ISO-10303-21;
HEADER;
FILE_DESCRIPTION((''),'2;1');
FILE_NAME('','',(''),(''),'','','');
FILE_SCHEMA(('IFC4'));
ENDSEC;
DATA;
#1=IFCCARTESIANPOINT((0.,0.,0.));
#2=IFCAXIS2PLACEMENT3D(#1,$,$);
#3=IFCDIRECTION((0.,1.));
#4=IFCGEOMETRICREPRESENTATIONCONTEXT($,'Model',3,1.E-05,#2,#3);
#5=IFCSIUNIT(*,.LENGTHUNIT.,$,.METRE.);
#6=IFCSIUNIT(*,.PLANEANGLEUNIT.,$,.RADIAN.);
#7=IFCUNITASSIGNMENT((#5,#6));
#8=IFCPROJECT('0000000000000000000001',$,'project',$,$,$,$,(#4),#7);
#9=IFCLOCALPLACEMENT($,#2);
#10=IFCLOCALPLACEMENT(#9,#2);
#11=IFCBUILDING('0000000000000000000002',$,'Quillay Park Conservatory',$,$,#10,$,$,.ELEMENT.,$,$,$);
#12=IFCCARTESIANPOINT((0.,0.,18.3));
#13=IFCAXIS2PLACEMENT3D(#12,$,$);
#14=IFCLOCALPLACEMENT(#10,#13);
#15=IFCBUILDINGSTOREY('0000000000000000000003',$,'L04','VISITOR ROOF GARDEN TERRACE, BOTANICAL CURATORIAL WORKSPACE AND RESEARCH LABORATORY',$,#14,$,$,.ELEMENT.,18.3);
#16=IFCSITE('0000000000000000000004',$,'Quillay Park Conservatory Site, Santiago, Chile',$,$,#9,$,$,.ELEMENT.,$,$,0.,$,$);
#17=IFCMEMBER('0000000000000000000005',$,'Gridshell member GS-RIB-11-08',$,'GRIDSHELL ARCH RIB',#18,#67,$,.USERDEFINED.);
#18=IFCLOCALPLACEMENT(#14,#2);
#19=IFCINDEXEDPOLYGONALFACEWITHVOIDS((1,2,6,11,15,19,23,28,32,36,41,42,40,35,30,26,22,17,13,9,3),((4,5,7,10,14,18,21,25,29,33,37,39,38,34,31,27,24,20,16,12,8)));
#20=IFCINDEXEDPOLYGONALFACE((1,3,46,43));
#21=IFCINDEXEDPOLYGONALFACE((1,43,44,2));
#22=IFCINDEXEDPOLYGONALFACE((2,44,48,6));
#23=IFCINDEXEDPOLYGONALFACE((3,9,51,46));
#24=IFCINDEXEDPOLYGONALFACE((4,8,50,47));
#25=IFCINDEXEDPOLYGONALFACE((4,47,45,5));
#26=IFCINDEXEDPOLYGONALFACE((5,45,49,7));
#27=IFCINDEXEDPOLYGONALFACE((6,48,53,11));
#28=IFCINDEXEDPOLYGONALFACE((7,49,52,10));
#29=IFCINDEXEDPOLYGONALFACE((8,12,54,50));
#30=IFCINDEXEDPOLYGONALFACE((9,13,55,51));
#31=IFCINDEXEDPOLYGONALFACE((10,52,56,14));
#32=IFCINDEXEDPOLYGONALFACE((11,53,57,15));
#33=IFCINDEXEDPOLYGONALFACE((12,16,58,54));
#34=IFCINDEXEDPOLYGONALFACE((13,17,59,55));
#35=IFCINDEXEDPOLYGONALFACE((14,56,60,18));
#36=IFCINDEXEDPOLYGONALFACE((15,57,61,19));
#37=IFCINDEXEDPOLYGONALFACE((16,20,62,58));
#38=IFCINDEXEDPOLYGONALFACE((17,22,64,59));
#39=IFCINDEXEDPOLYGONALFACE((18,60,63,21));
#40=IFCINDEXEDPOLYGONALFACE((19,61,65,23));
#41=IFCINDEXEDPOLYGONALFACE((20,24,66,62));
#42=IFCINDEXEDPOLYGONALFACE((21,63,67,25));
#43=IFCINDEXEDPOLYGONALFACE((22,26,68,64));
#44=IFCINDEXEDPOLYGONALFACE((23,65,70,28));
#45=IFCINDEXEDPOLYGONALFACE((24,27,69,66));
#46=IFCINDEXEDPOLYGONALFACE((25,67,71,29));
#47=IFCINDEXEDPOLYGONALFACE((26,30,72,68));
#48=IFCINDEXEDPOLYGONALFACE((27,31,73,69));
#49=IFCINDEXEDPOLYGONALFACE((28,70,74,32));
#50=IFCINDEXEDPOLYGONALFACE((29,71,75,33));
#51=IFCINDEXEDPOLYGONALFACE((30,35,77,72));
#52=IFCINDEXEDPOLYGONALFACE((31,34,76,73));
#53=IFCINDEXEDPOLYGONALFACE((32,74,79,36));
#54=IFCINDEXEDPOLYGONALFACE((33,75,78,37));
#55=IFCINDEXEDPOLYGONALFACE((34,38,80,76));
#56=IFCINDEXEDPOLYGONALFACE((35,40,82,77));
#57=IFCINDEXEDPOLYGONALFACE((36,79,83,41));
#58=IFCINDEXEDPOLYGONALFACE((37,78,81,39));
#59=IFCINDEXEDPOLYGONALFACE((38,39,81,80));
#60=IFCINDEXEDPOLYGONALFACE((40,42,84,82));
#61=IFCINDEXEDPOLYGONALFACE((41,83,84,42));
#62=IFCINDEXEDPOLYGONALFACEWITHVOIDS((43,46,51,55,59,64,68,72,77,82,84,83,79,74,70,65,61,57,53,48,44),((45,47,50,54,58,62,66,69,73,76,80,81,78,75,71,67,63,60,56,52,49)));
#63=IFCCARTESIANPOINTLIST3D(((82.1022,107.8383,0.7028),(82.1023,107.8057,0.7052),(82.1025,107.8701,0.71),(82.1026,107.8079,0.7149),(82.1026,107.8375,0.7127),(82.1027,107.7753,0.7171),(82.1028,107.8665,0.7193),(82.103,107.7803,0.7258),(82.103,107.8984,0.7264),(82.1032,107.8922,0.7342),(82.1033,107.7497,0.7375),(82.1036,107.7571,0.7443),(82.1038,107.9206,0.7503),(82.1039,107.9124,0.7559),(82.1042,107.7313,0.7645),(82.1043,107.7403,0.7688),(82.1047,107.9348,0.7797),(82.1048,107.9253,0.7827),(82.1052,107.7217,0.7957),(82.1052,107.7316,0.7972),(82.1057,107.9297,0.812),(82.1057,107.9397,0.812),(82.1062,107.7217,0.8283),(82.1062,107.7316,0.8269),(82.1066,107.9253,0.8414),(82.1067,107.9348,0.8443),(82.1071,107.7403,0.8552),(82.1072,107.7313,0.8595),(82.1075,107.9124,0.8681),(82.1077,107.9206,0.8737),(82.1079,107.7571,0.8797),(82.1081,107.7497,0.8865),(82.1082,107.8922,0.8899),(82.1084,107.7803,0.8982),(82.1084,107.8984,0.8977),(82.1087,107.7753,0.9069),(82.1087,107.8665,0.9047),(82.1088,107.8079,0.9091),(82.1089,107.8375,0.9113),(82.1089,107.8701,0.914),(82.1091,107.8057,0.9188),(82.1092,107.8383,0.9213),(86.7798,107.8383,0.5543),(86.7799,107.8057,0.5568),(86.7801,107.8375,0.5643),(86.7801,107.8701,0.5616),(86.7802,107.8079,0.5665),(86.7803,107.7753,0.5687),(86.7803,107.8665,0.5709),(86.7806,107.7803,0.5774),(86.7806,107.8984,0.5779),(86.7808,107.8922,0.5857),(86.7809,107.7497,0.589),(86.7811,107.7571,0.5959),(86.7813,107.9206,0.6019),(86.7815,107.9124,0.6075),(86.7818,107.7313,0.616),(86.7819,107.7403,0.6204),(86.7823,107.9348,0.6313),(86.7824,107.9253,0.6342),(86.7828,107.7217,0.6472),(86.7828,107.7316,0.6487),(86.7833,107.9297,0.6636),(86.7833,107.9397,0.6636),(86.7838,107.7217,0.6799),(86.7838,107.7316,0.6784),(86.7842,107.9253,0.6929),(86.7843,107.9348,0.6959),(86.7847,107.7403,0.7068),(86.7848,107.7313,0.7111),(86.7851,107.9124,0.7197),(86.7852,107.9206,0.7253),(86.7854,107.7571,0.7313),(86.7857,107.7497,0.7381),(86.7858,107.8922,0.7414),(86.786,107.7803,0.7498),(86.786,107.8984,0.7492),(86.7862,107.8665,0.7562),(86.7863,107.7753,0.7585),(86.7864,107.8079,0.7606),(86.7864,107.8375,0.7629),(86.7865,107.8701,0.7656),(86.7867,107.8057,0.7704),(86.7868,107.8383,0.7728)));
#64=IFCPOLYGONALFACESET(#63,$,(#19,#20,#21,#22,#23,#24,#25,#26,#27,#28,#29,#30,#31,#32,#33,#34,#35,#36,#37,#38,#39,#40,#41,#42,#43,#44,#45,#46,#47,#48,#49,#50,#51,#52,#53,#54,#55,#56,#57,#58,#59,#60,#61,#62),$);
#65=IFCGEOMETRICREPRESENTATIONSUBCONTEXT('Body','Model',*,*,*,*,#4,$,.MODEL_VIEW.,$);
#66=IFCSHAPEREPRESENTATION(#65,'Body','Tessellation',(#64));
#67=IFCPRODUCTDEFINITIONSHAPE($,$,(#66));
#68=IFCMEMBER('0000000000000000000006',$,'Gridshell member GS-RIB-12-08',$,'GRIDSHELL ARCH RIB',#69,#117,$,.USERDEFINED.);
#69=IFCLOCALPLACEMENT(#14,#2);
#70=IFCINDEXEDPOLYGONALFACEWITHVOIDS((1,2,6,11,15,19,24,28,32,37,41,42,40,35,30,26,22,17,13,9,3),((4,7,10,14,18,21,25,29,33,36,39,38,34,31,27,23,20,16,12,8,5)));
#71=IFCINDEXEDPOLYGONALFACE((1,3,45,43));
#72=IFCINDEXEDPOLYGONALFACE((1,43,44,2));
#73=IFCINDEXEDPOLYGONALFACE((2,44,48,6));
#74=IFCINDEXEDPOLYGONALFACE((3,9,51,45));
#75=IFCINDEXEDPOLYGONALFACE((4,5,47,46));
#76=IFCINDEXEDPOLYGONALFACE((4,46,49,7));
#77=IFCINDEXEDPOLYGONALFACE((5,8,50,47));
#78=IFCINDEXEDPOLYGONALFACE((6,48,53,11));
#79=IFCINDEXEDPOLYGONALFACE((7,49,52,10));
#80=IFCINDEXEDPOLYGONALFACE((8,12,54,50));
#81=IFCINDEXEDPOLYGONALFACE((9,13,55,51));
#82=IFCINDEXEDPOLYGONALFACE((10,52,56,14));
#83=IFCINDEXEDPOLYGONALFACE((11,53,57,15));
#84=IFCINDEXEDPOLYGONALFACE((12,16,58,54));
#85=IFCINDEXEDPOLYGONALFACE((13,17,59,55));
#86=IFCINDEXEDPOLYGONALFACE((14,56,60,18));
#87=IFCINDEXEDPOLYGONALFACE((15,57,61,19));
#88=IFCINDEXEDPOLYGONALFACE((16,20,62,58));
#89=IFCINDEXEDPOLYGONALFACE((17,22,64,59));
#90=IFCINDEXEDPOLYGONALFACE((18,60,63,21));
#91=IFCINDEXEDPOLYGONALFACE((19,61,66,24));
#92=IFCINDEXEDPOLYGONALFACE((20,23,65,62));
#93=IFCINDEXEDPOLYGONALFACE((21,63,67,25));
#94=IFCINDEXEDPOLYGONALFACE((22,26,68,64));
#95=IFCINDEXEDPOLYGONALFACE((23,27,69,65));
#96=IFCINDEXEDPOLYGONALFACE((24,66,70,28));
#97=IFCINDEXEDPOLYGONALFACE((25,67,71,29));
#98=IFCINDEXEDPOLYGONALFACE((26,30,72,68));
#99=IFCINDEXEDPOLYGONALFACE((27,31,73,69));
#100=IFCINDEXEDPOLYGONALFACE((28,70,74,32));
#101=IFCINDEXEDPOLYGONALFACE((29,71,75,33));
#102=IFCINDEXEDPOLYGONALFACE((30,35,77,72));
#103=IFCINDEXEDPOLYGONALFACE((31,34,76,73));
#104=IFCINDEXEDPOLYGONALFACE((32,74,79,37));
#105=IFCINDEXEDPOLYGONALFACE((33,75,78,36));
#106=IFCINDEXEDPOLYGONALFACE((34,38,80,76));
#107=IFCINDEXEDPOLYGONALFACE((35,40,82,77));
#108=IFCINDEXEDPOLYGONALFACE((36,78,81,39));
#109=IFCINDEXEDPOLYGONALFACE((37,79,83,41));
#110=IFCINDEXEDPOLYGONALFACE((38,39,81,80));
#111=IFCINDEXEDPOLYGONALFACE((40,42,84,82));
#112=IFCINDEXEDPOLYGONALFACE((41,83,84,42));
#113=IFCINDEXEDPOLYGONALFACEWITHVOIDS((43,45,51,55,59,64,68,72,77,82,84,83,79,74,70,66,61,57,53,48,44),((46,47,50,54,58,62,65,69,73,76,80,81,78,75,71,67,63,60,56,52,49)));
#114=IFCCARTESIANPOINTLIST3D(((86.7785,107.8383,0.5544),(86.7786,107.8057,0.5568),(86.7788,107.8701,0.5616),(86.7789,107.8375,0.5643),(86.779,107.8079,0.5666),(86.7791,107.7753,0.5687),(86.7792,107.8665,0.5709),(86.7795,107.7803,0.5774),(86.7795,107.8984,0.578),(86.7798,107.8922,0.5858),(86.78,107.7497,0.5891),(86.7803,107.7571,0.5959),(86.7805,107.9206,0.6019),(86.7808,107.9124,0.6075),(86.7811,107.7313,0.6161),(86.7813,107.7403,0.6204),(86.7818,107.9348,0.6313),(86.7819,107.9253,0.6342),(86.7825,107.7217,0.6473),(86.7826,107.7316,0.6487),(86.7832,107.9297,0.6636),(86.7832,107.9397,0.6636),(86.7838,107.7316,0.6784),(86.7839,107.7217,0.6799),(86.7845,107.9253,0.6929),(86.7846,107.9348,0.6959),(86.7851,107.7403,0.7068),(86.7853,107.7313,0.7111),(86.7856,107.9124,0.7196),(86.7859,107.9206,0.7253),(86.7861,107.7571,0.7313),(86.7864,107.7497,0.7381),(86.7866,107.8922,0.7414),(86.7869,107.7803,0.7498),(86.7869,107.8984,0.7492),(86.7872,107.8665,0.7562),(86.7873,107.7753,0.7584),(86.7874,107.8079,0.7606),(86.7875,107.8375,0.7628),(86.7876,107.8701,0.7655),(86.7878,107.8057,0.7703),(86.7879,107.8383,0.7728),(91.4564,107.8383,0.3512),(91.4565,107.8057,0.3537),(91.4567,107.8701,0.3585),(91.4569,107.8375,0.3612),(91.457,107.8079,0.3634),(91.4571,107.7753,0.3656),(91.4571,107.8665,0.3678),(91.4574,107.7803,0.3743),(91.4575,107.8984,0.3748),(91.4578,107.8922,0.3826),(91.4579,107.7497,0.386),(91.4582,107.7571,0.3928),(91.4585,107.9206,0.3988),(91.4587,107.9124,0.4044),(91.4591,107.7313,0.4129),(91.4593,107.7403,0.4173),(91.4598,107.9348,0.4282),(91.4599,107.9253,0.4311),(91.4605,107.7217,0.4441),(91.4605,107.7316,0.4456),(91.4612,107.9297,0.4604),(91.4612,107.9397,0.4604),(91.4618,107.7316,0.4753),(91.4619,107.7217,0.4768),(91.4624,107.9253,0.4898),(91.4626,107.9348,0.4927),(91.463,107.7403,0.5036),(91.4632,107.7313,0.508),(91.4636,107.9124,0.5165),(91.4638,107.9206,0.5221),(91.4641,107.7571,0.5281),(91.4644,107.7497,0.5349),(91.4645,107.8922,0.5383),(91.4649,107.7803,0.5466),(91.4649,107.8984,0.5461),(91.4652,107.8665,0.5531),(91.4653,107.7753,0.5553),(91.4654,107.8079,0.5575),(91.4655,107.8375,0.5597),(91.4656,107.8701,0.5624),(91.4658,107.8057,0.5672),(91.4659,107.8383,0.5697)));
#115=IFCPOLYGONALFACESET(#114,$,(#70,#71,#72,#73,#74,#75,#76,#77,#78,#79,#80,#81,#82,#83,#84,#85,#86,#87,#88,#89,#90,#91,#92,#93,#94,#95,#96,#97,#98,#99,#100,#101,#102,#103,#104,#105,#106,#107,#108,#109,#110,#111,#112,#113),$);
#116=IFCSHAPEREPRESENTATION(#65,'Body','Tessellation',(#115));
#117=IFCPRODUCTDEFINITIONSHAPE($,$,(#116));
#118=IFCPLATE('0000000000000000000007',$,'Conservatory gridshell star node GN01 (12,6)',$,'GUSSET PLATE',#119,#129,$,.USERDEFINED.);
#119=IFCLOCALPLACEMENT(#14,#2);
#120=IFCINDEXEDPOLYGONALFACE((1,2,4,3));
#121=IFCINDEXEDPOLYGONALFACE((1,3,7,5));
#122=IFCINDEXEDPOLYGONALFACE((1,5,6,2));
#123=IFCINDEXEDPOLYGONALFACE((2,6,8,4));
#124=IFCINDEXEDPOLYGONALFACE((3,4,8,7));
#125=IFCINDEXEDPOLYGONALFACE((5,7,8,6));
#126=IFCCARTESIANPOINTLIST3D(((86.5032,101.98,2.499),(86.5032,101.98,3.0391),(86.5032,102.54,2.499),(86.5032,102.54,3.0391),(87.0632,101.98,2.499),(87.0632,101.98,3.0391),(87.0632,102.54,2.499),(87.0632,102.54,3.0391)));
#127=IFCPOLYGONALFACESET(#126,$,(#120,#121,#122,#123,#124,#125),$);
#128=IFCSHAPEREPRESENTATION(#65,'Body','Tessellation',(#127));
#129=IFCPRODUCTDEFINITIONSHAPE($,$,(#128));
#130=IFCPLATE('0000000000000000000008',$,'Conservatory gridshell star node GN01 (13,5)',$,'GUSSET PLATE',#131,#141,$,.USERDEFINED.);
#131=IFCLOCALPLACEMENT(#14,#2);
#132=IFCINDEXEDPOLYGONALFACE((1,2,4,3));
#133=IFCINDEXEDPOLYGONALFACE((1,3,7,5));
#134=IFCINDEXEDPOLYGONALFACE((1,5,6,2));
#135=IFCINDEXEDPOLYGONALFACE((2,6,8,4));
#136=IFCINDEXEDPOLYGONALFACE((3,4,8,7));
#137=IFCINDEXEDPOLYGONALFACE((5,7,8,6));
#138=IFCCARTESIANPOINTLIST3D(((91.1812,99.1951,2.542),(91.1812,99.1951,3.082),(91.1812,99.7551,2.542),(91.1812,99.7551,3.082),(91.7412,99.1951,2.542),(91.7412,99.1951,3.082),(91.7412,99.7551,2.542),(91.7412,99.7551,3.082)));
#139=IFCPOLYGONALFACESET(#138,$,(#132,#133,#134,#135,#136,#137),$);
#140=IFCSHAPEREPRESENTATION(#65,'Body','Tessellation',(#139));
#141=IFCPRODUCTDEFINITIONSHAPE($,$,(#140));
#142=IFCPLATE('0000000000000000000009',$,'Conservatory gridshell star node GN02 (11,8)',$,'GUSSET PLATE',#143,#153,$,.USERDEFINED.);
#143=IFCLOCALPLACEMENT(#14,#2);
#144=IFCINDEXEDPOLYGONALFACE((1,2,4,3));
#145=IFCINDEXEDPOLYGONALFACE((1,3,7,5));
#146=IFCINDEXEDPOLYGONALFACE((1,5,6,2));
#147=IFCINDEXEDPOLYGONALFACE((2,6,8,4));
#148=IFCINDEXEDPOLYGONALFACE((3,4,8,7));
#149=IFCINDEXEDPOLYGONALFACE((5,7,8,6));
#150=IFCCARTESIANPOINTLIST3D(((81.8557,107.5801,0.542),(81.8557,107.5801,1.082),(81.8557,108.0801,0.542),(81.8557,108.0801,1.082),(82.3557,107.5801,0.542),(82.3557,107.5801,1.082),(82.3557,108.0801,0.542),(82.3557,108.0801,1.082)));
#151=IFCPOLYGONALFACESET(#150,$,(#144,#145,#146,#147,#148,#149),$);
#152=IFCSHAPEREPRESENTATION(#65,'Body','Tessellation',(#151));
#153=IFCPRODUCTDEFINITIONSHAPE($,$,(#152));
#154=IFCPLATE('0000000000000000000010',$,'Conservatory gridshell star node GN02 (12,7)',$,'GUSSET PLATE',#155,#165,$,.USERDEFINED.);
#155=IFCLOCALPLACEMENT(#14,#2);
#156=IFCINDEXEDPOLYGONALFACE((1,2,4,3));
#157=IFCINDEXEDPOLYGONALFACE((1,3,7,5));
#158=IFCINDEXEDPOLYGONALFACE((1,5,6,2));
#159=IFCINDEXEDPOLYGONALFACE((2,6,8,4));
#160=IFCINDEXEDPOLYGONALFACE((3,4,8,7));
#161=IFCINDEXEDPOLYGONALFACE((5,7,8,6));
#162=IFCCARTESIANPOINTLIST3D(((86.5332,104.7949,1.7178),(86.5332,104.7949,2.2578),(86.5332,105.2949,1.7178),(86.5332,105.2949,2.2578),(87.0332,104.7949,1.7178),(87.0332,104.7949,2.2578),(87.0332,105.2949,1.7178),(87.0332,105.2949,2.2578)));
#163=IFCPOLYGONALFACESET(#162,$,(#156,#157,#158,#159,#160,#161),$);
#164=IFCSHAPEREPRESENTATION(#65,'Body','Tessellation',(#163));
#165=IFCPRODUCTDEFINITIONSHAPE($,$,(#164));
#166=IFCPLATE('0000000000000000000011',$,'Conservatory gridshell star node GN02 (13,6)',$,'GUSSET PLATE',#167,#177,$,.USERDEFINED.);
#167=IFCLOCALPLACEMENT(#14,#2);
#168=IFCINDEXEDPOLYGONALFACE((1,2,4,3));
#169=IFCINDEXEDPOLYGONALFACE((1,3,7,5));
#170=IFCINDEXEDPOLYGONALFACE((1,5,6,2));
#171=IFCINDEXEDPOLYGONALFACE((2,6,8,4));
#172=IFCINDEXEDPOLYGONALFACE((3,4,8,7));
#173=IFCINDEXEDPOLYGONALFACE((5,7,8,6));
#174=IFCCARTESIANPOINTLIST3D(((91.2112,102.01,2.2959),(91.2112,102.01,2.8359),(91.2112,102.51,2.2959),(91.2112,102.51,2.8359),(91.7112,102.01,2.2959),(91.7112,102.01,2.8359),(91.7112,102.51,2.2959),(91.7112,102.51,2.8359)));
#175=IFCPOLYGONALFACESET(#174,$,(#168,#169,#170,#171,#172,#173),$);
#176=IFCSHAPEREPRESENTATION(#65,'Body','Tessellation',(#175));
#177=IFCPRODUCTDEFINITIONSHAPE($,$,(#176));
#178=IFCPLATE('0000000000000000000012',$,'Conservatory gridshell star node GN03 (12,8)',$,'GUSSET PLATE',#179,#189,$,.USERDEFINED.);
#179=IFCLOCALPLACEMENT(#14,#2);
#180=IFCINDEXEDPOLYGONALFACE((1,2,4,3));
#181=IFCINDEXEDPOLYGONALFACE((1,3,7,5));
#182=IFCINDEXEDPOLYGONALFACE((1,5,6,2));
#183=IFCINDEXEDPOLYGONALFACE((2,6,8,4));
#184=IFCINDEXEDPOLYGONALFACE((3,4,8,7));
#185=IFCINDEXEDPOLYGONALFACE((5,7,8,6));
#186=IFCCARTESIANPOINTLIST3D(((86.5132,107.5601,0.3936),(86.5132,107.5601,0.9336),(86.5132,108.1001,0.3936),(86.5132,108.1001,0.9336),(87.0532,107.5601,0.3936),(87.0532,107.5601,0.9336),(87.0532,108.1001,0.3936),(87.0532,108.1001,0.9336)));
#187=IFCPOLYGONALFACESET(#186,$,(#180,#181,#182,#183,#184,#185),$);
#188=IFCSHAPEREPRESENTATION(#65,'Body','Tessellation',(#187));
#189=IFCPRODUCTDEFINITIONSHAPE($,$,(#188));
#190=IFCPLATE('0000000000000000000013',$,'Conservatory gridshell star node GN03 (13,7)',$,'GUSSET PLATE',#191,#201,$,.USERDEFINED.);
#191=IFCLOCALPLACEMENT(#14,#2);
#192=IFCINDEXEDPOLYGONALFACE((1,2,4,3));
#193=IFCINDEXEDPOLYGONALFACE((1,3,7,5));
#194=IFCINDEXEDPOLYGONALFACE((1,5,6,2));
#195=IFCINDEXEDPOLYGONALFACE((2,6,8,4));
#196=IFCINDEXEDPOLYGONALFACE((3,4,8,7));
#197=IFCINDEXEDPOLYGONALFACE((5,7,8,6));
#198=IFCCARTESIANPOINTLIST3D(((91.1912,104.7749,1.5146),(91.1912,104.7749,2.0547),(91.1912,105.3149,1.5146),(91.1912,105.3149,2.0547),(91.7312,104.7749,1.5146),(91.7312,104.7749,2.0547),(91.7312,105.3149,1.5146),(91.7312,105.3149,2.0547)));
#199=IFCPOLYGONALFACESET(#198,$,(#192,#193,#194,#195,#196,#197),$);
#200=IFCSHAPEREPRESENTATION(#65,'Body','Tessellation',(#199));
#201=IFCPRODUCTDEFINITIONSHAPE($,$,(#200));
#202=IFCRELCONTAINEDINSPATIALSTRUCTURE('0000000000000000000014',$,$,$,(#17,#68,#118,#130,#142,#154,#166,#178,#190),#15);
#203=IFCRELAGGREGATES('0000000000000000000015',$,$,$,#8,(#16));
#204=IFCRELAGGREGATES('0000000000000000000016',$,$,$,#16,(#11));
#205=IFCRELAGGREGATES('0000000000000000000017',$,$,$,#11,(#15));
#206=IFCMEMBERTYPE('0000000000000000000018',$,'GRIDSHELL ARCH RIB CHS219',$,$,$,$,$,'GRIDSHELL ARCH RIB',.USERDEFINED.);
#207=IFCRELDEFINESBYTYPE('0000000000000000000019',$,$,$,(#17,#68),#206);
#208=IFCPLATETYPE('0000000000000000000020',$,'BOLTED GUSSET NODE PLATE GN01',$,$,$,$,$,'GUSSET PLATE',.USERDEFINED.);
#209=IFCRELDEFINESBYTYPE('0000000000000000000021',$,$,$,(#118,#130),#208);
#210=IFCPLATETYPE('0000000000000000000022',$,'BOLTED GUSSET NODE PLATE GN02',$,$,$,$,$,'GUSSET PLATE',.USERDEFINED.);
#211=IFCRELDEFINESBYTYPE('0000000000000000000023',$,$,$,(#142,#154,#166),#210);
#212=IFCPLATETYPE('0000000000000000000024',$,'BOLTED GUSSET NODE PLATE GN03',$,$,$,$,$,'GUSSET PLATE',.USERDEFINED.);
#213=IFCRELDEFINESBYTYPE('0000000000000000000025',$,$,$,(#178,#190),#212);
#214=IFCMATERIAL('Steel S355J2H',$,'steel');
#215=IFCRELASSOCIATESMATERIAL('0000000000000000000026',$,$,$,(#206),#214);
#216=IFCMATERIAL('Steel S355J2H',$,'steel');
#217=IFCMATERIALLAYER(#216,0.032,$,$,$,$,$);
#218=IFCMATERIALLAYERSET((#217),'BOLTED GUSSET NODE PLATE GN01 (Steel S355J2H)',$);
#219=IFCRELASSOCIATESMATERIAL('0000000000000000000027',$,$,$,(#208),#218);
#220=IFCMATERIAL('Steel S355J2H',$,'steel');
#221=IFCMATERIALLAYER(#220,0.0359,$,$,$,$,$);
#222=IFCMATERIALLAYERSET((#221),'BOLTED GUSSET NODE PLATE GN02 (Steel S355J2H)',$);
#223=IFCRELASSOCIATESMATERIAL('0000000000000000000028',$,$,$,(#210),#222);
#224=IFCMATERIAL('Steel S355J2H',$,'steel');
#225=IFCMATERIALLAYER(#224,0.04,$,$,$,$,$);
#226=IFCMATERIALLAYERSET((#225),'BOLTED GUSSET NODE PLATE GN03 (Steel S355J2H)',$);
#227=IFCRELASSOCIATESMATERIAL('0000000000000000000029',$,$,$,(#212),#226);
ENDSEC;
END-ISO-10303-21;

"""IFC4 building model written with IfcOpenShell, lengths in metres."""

from ifc_helpers import new_model, si_unit, direction, frame, origin, origin_2d, place, context, subcontext, project, spatial, rectangle, hollow_circle, extrude, material, layer, layer_set, material_profile, profile_set, type_object, element, save


model = new_model("IFC4")

# Units and contexts
model_context = context("Model", 3, precision=1e-05, world=origin(), true_north=direction((0.0, 1.0)))
body_context = subcontext(model_context, "Body", "Model", "MODEL_VIEW")
ifc_project = project(units=[si_unit("LENGTHUNIT", "METRE"), si_unit("PLANEANGLEUNIT", "RADIAN")], contexts=[model_context])

# Site, building, storey
site_placement = place(None, origin())
site = spatial("IfcSite", under=ifc_project, at=site_placement, Name="Quillay Park Conservatory Site, Santiago, Chile", CompositionType="ELEMENT", RefElevation=0.0)
building_placement = place(site_placement, origin())
building = spatial("IfcBuilding", under=site, at=building_placement, Name="Quillay Park Conservatory", CompositionType="ELEMENT")
storey_placement = place(building_placement, frame((0.0, 0.0, 18.3)))
storey = spatial("IfcBuildingStorey", under=building, at=storey_placement, Name="L04", Description="VISITOR ROOF GARDEN TERRACE, BOTANICAL CURATORIAL WORKSPACE AND RESEARCH LABORATORY", CompositionType="ELEMENT", Elevation=18.3)

# Members
ifc_material_1 = material(Name="Steel S355J2H", Category="steel")
ifc_material_profile_1 = material_profile(ifc_material_1, hollow_circle(Radius=0.1096, WallThickness=0.01, at=origin_2d()), Name="CHS219.1x10")
ifc_profile_set_1 = profile_set([ifc_material_profile_1], Name="Steel S355J2H")
member_type = type_object("IfcMemberType", Name="GRIDSHELL ARCH RIB CHS219", ElementType="GRIDSHELL ARCH RIB", PredefinedType="USERDEFINED", material=ifc_profile_set_1)
member_1_placement = place(storey_placement, frame((82.1057, 107.8301, 0.812), z_axis=(0.999497, 0.0, -0.031718), x_axis=(0.0, 1.0, 0.0)))
element("IfcMember", 1, at=member_1_placement, inside=storey, type_object=member_type, Name="Gridshell member GS-RIB-11-08", ObjectType="GRIDSHELL ARCH RIB", PredefinedType="USERDEFINED", context=body_context, shape_type="SweptSolid", body=[
    extrude(hollow_circle(Radius=0.1096, WallThickness=0.01, at=origin_2d()), origin(), (0.0, 0.0, 1.0), 4.6799),
])
member_2_placement = place(storey_placement, frame((86.7832, 107.8301, 0.6636), z_axis=(0.999059, 0.0, -0.043381), x_axis=(0.0, 1.0, 0.0)))
element("IfcMember", 2, at=member_2_placement, inside=storey, type_object=member_type, Name="Gridshell member GS-RIB-12-08", ObjectType="GRIDSHELL ARCH RIB", PredefinedType="USERDEFINED", context=body_context, shape_type="SweptSolid", body=[
    extrude(hollow_circle(Radius=0.1096, WallThickness=0.01, at=origin_2d()), origin(), (0.0, 0.0, 1.0), 4.6824),
])

# Plates
ifc_material_2 = material(Name="Steel S355J2H", Category="steel")
ifc_layer_1 = layer(ifc_material_2, 0.032)
ifc_layer_set_1 = layer_set([ifc_layer_1], Name="BOLTED GUSSET NODE PLATE GN01 (Steel S355J2H)")
plate_type_1 = type_object("IfcPlateType", Name="BOLTED GUSSET NODE PLATE GN01", ElementType="GUSSET PLATE", PredefinedType="USERDEFINED", material=ifc_layer_set_1)
for number, where, z_axis, x_axis, name in (
    (3, (86.7832, 102.26, 2.499), (0.0, 0.0, 1.0), (1.0, 0.0, 0.0), "Conservatory gridshell star node GN01 (12,6)"),
    (4, (91.4612, 99.4751, 2.542), (0.0, 0.0, 1.0), (1.0, 0.0, 0.0), "Conservatory gridshell star node GN01 (13,5)"),
):
    element("IfcPlate", number, at=place(storey_placement, frame(where, z_axis=z_axis, x_axis=x_axis)), inside=storey, type_object=plate_type_1, Name=name, ObjectType="GUSSET PLATE", PredefinedType="USERDEFINED", context=body_context, shape_type="SweptSolid", body=[
        extrude(rectangle(XDim=0.5601, YDim=0.5601, at=origin_2d()), origin(), (0.0, 0.0, 1.0), 0.54),
    ])
ifc_material_3 = material(Name="Steel S355J2H", Category="steel")
ifc_layer_2 = layer(ifc_material_3, 0.0359)
ifc_layer_set_2 = layer_set([ifc_layer_2], Name="BOLTED GUSSET NODE PLATE GN02 (Steel S355J2H)")
plate_type_2 = type_object("IfcPlateType", Name="BOLTED GUSSET NODE PLATE GN02", ElementType="GUSSET PLATE", PredefinedType="USERDEFINED", material=ifc_layer_set_2)
for number, where, z_axis, x_axis, name in (
    (5, (82.1057, 107.8301, 0.542), (0.0, 0.0, 1.0), (1.0, 0.0, 0.0), "Conservatory gridshell star node GN02 (11,8)"),
    (6, (86.7832, 105.0449, 1.7178), (0.0, 0.0, 1.0), (1.0, 0.0, 0.0), "Conservatory gridshell star node GN02 (12,7)"),
    (7, (91.4612, 102.26, 2.2959), (0.0, 0.0, 1.0), (1.0, 0.0, 0.0), "Conservatory gridshell star node GN02 (13,6)"),
):
    element("IfcPlate", number, at=place(storey_placement, frame(where, z_axis=z_axis, x_axis=x_axis)), inside=storey, type_object=plate_type_2, Name=name, ObjectType="GUSSET PLATE", PredefinedType="USERDEFINED", context=body_context, shape_type="SweptSolid", body=[
        extrude(rectangle(XDim=0.5, YDim=0.5, at=origin_2d()), origin(), (0.0, 0.0, 1.0), 0.54),
    ])
ifc_material_4 = material(Name="Steel S355J2H", Category="steel")
ifc_layer_3 = layer(ifc_material_4, 0.04)
ifc_layer_set_3 = layer_set([ifc_layer_3], Name="BOLTED GUSSET NODE PLATE GN03 (Steel S355J2H)")
plate_type_3 = type_object("IfcPlateType", Name="BOLTED GUSSET NODE PLATE GN03", ElementType="GUSSET PLATE", PredefinedType="USERDEFINED", material=ifc_layer_set_3)
for number, where, z_axis, x_axis, name in (
    (8, (86.7832, 107.8301, 0.3936), (0.0, 0.0, 1.0), (1.0, 0.0, 0.0), "Conservatory gridshell star node GN03 (12,8)"),
    (9, (91.4612, 105.0449, 1.5146), (0.0, 0.0, 1.0), (1.0, 0.0, 0.0), "Conservatory gridshell star node GN03 (13,7)"),
):
    element("IfcPlate", number, at=place(storey_placement, frame(where, z_axis=z_axis, x_axis=x_axis)), inside=storey, type_object=plate_type_3, Name=name, ObjectType="GUSSET PLATE", PredefinedType="USERDEFINED", context=body_context, shape_type="SweptSolid", body=[
        extrude(rectangle(XDim=0.54, YDim=0.54, at=origin_2d()), origin(), (0.0, 0.0, 1.0), 0.54),
    ])

save(model, "model.ifc")
